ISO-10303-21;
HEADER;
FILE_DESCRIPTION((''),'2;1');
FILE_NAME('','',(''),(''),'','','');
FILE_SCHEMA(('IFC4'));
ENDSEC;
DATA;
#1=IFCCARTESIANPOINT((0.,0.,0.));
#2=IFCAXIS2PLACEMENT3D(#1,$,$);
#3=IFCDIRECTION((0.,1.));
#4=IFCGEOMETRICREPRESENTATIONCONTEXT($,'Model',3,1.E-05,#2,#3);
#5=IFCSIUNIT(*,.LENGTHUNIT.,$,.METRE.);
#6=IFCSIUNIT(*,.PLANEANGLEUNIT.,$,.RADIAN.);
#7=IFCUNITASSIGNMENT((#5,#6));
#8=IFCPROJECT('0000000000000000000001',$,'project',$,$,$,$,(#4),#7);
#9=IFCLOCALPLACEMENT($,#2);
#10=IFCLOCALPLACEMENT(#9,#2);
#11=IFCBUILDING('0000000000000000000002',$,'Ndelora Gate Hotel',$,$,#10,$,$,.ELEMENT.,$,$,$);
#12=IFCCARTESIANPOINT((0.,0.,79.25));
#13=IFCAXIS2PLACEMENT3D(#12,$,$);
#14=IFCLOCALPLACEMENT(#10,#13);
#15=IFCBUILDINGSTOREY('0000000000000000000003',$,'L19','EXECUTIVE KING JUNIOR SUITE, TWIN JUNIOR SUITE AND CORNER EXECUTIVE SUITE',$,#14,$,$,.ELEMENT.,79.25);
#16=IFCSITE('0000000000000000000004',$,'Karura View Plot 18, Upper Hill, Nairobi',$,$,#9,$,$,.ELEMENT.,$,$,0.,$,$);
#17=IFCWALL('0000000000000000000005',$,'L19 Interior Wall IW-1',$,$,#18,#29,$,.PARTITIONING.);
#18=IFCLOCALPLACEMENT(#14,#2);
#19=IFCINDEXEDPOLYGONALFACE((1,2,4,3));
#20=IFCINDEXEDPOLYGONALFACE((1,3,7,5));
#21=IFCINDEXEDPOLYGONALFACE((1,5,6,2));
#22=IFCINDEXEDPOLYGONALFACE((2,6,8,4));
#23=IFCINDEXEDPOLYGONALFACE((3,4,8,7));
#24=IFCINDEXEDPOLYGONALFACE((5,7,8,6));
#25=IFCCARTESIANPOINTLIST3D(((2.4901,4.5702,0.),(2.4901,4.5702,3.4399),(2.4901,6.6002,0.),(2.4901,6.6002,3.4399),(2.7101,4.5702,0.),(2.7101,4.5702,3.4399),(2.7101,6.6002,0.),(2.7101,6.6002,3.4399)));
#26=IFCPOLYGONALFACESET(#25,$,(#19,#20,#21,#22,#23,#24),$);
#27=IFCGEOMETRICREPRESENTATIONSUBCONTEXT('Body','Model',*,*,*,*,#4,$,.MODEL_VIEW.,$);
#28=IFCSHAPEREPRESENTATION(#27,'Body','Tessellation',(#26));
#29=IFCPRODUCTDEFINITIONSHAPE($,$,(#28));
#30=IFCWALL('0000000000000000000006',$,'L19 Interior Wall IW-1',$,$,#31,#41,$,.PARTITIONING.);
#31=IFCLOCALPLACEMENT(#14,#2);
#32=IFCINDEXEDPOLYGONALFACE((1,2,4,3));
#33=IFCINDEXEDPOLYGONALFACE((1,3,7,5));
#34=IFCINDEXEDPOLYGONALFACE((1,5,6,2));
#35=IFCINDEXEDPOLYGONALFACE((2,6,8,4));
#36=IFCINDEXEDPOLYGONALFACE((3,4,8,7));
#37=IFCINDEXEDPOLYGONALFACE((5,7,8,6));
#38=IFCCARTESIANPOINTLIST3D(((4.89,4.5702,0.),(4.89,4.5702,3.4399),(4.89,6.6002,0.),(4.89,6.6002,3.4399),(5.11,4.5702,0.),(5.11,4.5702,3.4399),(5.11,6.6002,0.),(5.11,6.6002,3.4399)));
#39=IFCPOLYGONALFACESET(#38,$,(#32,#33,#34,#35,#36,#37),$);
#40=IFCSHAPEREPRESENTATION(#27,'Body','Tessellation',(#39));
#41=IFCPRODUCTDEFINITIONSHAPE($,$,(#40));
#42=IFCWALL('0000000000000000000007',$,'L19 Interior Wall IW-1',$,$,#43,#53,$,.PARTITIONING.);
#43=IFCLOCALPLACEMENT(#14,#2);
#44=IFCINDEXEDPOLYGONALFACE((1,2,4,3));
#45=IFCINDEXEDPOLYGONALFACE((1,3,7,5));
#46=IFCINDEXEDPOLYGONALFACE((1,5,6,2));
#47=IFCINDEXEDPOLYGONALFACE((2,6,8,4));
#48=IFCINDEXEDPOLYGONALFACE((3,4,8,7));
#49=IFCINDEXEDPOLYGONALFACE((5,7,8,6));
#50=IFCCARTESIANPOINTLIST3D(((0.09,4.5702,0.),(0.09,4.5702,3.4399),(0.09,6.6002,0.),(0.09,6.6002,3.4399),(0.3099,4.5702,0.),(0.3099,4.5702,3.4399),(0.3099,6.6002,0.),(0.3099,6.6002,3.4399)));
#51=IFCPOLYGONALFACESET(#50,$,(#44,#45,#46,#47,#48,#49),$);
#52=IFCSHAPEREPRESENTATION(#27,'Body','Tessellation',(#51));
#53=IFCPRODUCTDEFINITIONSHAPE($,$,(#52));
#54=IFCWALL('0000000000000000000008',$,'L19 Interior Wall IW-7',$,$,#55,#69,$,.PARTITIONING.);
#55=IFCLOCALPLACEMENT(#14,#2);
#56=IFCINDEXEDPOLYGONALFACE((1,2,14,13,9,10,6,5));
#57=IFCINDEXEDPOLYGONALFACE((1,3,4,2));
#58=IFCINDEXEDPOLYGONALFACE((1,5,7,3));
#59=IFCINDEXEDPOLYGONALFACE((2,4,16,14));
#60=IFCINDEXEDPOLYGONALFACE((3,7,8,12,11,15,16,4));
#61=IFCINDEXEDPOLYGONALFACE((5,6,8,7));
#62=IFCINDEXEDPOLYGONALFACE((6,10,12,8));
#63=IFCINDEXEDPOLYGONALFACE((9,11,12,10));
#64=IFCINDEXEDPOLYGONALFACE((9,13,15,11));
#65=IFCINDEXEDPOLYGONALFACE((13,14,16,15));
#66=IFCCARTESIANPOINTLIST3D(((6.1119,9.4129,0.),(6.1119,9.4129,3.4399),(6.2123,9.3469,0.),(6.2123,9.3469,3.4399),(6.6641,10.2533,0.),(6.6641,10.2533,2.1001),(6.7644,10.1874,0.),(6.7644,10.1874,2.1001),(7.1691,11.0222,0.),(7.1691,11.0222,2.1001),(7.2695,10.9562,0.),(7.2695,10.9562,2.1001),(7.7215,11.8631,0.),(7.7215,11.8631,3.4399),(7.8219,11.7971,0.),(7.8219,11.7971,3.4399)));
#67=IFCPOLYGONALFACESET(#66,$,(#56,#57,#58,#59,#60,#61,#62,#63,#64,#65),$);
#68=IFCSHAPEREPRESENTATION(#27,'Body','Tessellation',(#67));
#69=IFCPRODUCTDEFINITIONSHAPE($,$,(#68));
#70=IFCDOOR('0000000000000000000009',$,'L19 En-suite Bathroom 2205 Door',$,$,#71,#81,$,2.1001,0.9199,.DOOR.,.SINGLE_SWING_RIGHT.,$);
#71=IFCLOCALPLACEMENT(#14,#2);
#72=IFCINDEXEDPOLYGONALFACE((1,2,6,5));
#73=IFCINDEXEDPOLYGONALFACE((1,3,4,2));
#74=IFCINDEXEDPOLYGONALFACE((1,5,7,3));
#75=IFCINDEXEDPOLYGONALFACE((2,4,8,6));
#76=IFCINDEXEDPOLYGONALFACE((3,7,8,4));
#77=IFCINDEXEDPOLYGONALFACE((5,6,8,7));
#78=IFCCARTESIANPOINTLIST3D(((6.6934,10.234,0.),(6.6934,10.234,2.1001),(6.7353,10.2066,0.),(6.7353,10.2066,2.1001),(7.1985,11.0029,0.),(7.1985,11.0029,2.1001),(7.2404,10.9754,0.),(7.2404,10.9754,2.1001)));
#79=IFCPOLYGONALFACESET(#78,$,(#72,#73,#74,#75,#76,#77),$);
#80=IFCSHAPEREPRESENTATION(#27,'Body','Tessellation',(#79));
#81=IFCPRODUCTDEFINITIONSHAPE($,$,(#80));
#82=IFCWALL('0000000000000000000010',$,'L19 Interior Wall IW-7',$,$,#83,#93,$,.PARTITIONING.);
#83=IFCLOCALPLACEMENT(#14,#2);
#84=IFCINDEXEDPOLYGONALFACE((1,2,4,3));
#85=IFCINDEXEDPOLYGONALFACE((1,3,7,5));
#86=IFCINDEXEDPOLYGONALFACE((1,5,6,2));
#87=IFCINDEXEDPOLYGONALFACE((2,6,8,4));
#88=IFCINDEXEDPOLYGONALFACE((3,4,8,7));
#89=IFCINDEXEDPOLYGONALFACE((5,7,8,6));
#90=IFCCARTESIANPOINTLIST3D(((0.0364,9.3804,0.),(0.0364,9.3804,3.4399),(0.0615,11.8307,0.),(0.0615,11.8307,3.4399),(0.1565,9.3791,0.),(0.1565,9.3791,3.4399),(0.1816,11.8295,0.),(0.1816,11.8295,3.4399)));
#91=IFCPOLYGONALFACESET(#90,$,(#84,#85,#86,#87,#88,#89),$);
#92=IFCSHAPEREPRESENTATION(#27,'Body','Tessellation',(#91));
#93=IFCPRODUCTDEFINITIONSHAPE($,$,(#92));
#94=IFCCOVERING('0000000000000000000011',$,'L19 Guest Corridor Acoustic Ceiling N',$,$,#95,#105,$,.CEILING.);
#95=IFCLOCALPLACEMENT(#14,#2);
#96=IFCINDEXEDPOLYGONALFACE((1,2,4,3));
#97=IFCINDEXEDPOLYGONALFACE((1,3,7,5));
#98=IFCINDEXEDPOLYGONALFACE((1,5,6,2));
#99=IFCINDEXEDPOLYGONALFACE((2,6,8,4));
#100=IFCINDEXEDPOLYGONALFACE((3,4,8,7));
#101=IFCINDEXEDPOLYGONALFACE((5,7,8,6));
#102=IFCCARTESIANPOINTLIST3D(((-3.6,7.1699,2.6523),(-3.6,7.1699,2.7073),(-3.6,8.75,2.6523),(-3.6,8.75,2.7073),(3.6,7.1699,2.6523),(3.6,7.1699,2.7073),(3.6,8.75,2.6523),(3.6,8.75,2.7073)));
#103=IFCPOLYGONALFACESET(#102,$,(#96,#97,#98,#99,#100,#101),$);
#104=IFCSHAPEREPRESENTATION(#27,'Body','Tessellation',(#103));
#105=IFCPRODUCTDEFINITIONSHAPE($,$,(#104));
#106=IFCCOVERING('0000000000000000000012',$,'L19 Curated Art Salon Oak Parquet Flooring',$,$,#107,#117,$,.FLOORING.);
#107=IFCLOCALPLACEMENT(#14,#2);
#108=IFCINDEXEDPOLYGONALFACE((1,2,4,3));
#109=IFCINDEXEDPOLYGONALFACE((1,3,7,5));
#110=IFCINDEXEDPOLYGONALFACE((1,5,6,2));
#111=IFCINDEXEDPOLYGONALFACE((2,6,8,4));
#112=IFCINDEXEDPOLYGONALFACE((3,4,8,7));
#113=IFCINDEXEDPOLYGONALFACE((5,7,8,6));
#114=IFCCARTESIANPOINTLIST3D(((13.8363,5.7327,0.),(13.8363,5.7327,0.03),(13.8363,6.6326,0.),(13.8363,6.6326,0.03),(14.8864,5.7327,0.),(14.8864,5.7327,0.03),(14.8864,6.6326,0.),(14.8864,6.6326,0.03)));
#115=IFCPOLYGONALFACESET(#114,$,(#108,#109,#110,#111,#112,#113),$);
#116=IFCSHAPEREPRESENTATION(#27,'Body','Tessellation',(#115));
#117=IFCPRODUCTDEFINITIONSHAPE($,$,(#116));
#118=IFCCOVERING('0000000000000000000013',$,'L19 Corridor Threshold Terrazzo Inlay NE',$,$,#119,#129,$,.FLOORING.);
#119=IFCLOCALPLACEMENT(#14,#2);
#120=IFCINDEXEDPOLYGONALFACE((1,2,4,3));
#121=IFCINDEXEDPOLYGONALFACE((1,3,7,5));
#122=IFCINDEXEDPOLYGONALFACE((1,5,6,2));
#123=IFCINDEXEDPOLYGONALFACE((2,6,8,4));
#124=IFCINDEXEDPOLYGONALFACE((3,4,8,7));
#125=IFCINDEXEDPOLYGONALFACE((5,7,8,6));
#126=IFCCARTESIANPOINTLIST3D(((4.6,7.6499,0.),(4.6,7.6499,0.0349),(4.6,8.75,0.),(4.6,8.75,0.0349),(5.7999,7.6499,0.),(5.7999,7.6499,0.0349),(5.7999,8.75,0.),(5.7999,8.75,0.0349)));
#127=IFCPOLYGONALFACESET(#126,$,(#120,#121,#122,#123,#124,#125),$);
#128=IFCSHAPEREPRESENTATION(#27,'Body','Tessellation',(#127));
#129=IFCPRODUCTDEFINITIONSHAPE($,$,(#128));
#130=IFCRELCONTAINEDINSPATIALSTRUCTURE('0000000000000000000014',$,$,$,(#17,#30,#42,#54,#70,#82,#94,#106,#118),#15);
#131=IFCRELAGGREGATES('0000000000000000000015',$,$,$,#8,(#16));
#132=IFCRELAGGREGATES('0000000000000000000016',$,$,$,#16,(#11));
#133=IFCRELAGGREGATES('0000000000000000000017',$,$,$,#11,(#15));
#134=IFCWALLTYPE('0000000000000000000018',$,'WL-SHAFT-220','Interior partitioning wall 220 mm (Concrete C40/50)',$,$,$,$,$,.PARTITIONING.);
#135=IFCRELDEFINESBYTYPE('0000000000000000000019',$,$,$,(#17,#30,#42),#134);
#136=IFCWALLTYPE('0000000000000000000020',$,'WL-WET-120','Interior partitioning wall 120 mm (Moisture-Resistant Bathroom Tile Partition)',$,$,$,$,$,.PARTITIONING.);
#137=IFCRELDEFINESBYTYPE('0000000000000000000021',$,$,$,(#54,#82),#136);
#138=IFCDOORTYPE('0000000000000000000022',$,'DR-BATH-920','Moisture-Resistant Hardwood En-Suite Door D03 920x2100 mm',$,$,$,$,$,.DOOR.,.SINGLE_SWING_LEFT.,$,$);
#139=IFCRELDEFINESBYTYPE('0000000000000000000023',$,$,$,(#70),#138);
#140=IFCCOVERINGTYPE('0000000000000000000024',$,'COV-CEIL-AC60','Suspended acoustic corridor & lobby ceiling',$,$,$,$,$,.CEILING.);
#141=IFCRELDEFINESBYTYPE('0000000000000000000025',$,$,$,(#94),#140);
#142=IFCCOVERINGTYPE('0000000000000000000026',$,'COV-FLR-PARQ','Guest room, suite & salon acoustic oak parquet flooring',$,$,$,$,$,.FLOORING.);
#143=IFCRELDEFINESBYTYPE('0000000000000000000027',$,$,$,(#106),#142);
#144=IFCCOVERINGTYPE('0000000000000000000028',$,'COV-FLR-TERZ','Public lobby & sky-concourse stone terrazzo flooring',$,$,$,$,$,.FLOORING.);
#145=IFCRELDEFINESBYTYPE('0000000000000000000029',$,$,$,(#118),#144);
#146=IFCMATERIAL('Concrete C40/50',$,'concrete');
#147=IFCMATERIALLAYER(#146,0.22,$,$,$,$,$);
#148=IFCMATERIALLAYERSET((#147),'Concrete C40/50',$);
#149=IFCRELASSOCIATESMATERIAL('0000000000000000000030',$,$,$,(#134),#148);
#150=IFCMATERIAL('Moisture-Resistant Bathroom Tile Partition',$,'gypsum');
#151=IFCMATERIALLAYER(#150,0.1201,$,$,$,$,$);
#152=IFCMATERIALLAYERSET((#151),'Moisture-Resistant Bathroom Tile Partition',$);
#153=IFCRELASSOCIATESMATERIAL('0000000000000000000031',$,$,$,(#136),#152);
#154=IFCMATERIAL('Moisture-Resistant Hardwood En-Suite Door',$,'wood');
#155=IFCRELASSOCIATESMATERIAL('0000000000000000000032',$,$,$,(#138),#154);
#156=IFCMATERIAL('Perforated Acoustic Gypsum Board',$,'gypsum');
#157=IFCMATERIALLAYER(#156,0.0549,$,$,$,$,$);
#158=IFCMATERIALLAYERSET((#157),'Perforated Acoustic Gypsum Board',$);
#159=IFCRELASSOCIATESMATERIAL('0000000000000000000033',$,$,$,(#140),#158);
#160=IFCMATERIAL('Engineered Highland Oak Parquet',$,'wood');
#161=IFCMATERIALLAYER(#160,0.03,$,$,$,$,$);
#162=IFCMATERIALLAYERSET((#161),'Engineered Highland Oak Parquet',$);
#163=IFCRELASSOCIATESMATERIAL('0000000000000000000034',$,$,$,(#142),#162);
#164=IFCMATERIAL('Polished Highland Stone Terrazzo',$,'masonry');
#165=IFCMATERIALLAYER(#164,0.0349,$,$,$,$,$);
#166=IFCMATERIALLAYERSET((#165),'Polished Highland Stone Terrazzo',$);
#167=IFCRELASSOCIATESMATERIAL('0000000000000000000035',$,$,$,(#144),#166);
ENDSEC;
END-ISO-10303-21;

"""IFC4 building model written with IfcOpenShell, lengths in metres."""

from ifc_helpers import new_model, si_unit, direction, frame, frame_2d, origin, origin_2d, place, context, subcontext, project, spatial, rectangle, extrude, material, layer, layer_set, type_object, element, fill, save


model = new_model("IFC4")

# Units and contexts
model_context = context("Model", 3, precision=1e-05, world=origin(), true_north=direction((0.0, 1.0)))
body_context = subcontext(model_context, "Body", "Model", "MODEL_VIEW")
ifc_project = project(units=[si_unit("LENGTHUNIT", "METRE"), si_unit("PLANEANGLEUNIT", "RADIAN")], contexts=[model_context])

# Site, building, storey
site_placement = place(None, origin())
site = spatial("IfcSite", under=ifc_project, at=site_placement, Name="Karura View Plot 18, Upper Hill, Nairobi", CompositionType="ELEMENT", RefElevation=0.0)
building_placement = place(site_placement, origin())
building = spatial("IfcBuilding", under=site, at=building_placement, Name="Ndelora Gate Hotel", CompositionType="ELEMENT")
storey_placement = place(building_placement, frame((0.0, 0.0, 79.25)))
storey = spatial("IfcBuildingStorey", under=building, at=storey_placement, Name="L19", Description="EXECUTIVE KING JUNIOR SUITE, TWIN JUNIOR SUITE AND CORNER EXECUTIVE SUITE", CompositionType="ELEMENT", Elevation=79.25)

# Shared definitions
ifc_material_1 = material(Name="Concrete C40/50", Category="concrete")
ifc_layer_1 = layer(ifc_material_1, 0.22)
ifc_layer_set_1 = layer_set([ifc_layer_1], Name="Concrete C40/50")
wall_type_1 = type_object("IfcWallType", Name="WL-SHAFT-220", Description="Interior partitioning wall 220 mm (Concrete C40/50)", PredefinedType="PARTITIONING", material=ifc_layer_set_1)

# Walls
for number, where, z_axis, x_axis, name in (
    (1, (2.6001, 4.5701, 0.0), (0.0, 0.0, 1.0), (0.0, 1.0, 0.0), "L19 Interior Wall IW-1"),
    (2, (5.0, 4.5701, 0.0), (0.0, 0.0, 1.0), (0.0, 1.0, 0.0), "L19 Interior Wall IW-1"),
    (3, (0.2, 4.5701, 0.0), (0.0, 0.0, 1.0), (0.0, 1.0, 0.0), "L19 Interior Wall IW-1"),
):
    element("IfcWall", number, at=place(storey_placement, frame(where, z_axis=z_axis, x_axis=x_axis)), inside=storey, type_object=wall_type_1, Name=name, PredefinedType="PARTITIONING", context=body_context, shape_type="SweptSolid", body=[
        extrude(rectangle(XDim=2.03, YDim=0.22, at=frame_2d((1.0151, 0.0))), origin(), (0.0, 0.0, 1.0), 3.4399),
    ])

# Wall, opening, door
ifc_material_2 = material(Name="Moisture-Resistant Bathroom Tile Partition", Category="gypsum")
ifc_layer_2 = layer(ifc_material_2, 0.1201)
ifc_layer_set_2 = layer_set([ifc_layer_2], Name="Moisture-Resistant Bathroom Tile Partition")
wall_type_2 = type_object("IfcWallType", Name="WL-WET-120", Description="Interior partitioning wall 120 mm (Moisture-Resistant Bathroom Tile Partition)", PredefinedType="PARTITIONING", material=ifc_layer_set_2)
wall_1_placement = place(storey_placement, frame((6.1621, 9.3799, 0.0), z_axis=(0.0, 0.0, 1.0), x_axis=(0.549057, 0.835785, 0.0)))
wall_1 = element("IfcWall", 4, at=wall_1_placement, inside=storey, type_object=wall_type_2, Name="L19 Interior Wall IW-7", PredefinedType="PARTITIONING", context=body_context, shape_type="SweptSolid", body=[
    extrude(rectangle(XDim=2.9316, YDim=0.1201, at=frame_2d((1.4658, 0.0))), origin(), (0.0, 0.0, 1.0), 3.4399),
])
opening_1_placement = place(wall_1_placement, frame((1.0056, 0.0, 0.0)))
opening_1 = element("IfcOpeningElement", 5, at=opening_1_placement, cuts=wall_1, PredefinedType="OPENING", context=body_context, shape_type="SweptSolid", body=[
    extrude(rectangle(XDim=0.9199, YDim=2.1001, at=frame_2d((0.46, 1.05))), frame((0.0, 0.0701, 0.0), z_axis=(0.0, -1.0, 0.0), x_axis=(1.0, 0.0, 0.0)), (0.0, 0.0, 1.0), 0.1401),
])
ifc_material_3 = material(Name="Moisture-Resistant Hardwood En-Suite Door", Category="wood")
door_type_1 = type_object("IfcDoorType", Name="DR-BATH-920", Description="Moisture-Resistant Hardwood En-Suite Door D03 920x2100 mm", OperationType="SINGLE_SWING_LEFT", PredefinedType="DOOR", material=ifc_material_3)
door_1_placement = place(opening_1_placement, origin())
door_1 = element("IfcDoor", 6, at=door_1_placement, inside=storey, type_object=door_type_1, Name="L19 En-suite Bathroom 2205 Door", OperationType="SINGLE_SWING_RIGHT", OverallHeight=2.1001, OverallWidth=0.9199, PredefinedType="DOOR", context=body_context, shape_type="SweptSolid", body=[
    extrude(rectangle(XDim=0.9199, YDim=2.1001, at=frame_2d((0.46, 1.05))), frame((0.0, 0.0249, 0.0), z_axis=(0.0, -1.0, 0.0), x_axis=(1.0, 0.0, 0.0)), (0.0, 0.0, 1.0), 0.05),
])
fill(opening_1, door_1)

# Wall
wall_2_placement = place(storey_placement, frame((0.0964, 9.3799, 0.0), z_axis=(0.0, 0.0, 1.0), x_axis=(0.010263, 0.999947, 0.0)))
element("IfcWall", 7, at=wall_2_placement, inside=storey, type_object=wall_type_2, Name="L19 Interior Wall IW-7", PredefinedType="PARTITIONING", context=body_context, shape_type="SweptSolid", body=[
    extrude(rectangle(XDim=2.4504, YDim=0.1201, at=frame_2d((1.2251, 0.0))), origin(), (0.0, 0.0, 1.0), 3.4399),
])

# Coverings
ifc_material_4 = material(Name="Perforated Acoustic Gypsum Board", Category="gypsum")
ifc_layer_3 = layer(ifc_material_4, 0.0549)
ifc_layer_set_3 = layer_set([ifc_layer_3], Name="Perforated Acoustic Gypsum Board")
covering_type_1 = type_object("IfcCoveringType", Name="COV-CEIL-AC60", Description="Suspended acoustic corridor & lobby ceiling", PredefinedType="CEILING", material=ifc_layer_set_3)
covering_1_placement = place(storey_placement, frame((0.0, 7.96, 2.6523), z_axis=(0.0, 0.0, 1.0), x_axis=(1.0, 0.0, 0.0)))
element("IfcCovering", 8, at=covering_1_placement, inside=storey, type_object=covering_type_1, Name="L19 Guest Corridor Acoustic Ceiling N", PredefinedType="CEILING", context=body_context, shape_type="SweptSolid", body=[
    extrude(rectangle(XDim=7.2, YDim=1.5801, at=origin_2d()), origin(), (0.0, 0.0, 1.0), 0.0549),
])
ifc_material_5 = material(Name="Engineered Highland Oak Parquet", Category="wood")
ifc_layer_4 = layer(ifc_material_5, 0.03)
ifc_layer_set_4 = layer_set([ifc_layer_4], Name="Engineered Highland Oak Parquet")
covering_type_2 = type_object("IfcCoveringType", Name="COV-FLR-PARQ", Description="Guest room, suite & salon acoustic oak parquet flooring", PredefinedType="FLOORING", material=ifc_layer_set_4)
covering_2_placement = place(storey_placement, frame((14.3613, 6.1826, 0.0), z_axis=(0.0, 0.0, 1.0), x_axis=(1.0, 0.0, 0.0)))
element("IfcCovering", 9, at=covering_2_placement, inside=storey, type_object=covering_type_2, Name="L19 Curated Art Salon Oak Parquet Flooring", PredefinedType="FLOORING", context=body_context, shape_type="SweptSolid", body=[
    extrude(rectangle(XDim=1.05, YDim=0.8999, at=origin_2d()), origin(), (0.0, 0.0, 1.0), 0.03),
])
ifc_material_6 = material(Name="Polished Highland Stone Terrazzo", Category="masonry")
ifc_layer_5 = layer(ifc_material_6, 0.0349)
ifc_layer_set_5 = layer_set([ifc_layer_5], Name="Polished Highland Stone Terrazzo")
covering_type_3 = type_object("IfcCoveringType", Name="COV-FLR-TERZ", Description="Public lobby & sky-concourse stone terrazzo flooring", PredefinedType="FLOORING", material=ifc_layer_set_5)
covering_3_placement = place(storey_placement, frame((5.2, 8.2, 0.0), z_axis=(0.0, 0.0, 1.0), x_axis=(1.0, 0.0, 0.0)))
element("IfcCovering", 10, at=covering_3_placement, inside=storey, type_object=covering_type_3, Name="L19 Corridor Threshold Terrazzo Inlay NE", PredefinedType="FLOORING", context=body_context, shape_type="SweptSolid", body=[
    extrude(rectangle(XDim=1.2, YDim=1.1001, at=origin_2d()), origin(), (0.0, 0.0, 1.0), 0.0349),
])

save(model, "model.ifc")
